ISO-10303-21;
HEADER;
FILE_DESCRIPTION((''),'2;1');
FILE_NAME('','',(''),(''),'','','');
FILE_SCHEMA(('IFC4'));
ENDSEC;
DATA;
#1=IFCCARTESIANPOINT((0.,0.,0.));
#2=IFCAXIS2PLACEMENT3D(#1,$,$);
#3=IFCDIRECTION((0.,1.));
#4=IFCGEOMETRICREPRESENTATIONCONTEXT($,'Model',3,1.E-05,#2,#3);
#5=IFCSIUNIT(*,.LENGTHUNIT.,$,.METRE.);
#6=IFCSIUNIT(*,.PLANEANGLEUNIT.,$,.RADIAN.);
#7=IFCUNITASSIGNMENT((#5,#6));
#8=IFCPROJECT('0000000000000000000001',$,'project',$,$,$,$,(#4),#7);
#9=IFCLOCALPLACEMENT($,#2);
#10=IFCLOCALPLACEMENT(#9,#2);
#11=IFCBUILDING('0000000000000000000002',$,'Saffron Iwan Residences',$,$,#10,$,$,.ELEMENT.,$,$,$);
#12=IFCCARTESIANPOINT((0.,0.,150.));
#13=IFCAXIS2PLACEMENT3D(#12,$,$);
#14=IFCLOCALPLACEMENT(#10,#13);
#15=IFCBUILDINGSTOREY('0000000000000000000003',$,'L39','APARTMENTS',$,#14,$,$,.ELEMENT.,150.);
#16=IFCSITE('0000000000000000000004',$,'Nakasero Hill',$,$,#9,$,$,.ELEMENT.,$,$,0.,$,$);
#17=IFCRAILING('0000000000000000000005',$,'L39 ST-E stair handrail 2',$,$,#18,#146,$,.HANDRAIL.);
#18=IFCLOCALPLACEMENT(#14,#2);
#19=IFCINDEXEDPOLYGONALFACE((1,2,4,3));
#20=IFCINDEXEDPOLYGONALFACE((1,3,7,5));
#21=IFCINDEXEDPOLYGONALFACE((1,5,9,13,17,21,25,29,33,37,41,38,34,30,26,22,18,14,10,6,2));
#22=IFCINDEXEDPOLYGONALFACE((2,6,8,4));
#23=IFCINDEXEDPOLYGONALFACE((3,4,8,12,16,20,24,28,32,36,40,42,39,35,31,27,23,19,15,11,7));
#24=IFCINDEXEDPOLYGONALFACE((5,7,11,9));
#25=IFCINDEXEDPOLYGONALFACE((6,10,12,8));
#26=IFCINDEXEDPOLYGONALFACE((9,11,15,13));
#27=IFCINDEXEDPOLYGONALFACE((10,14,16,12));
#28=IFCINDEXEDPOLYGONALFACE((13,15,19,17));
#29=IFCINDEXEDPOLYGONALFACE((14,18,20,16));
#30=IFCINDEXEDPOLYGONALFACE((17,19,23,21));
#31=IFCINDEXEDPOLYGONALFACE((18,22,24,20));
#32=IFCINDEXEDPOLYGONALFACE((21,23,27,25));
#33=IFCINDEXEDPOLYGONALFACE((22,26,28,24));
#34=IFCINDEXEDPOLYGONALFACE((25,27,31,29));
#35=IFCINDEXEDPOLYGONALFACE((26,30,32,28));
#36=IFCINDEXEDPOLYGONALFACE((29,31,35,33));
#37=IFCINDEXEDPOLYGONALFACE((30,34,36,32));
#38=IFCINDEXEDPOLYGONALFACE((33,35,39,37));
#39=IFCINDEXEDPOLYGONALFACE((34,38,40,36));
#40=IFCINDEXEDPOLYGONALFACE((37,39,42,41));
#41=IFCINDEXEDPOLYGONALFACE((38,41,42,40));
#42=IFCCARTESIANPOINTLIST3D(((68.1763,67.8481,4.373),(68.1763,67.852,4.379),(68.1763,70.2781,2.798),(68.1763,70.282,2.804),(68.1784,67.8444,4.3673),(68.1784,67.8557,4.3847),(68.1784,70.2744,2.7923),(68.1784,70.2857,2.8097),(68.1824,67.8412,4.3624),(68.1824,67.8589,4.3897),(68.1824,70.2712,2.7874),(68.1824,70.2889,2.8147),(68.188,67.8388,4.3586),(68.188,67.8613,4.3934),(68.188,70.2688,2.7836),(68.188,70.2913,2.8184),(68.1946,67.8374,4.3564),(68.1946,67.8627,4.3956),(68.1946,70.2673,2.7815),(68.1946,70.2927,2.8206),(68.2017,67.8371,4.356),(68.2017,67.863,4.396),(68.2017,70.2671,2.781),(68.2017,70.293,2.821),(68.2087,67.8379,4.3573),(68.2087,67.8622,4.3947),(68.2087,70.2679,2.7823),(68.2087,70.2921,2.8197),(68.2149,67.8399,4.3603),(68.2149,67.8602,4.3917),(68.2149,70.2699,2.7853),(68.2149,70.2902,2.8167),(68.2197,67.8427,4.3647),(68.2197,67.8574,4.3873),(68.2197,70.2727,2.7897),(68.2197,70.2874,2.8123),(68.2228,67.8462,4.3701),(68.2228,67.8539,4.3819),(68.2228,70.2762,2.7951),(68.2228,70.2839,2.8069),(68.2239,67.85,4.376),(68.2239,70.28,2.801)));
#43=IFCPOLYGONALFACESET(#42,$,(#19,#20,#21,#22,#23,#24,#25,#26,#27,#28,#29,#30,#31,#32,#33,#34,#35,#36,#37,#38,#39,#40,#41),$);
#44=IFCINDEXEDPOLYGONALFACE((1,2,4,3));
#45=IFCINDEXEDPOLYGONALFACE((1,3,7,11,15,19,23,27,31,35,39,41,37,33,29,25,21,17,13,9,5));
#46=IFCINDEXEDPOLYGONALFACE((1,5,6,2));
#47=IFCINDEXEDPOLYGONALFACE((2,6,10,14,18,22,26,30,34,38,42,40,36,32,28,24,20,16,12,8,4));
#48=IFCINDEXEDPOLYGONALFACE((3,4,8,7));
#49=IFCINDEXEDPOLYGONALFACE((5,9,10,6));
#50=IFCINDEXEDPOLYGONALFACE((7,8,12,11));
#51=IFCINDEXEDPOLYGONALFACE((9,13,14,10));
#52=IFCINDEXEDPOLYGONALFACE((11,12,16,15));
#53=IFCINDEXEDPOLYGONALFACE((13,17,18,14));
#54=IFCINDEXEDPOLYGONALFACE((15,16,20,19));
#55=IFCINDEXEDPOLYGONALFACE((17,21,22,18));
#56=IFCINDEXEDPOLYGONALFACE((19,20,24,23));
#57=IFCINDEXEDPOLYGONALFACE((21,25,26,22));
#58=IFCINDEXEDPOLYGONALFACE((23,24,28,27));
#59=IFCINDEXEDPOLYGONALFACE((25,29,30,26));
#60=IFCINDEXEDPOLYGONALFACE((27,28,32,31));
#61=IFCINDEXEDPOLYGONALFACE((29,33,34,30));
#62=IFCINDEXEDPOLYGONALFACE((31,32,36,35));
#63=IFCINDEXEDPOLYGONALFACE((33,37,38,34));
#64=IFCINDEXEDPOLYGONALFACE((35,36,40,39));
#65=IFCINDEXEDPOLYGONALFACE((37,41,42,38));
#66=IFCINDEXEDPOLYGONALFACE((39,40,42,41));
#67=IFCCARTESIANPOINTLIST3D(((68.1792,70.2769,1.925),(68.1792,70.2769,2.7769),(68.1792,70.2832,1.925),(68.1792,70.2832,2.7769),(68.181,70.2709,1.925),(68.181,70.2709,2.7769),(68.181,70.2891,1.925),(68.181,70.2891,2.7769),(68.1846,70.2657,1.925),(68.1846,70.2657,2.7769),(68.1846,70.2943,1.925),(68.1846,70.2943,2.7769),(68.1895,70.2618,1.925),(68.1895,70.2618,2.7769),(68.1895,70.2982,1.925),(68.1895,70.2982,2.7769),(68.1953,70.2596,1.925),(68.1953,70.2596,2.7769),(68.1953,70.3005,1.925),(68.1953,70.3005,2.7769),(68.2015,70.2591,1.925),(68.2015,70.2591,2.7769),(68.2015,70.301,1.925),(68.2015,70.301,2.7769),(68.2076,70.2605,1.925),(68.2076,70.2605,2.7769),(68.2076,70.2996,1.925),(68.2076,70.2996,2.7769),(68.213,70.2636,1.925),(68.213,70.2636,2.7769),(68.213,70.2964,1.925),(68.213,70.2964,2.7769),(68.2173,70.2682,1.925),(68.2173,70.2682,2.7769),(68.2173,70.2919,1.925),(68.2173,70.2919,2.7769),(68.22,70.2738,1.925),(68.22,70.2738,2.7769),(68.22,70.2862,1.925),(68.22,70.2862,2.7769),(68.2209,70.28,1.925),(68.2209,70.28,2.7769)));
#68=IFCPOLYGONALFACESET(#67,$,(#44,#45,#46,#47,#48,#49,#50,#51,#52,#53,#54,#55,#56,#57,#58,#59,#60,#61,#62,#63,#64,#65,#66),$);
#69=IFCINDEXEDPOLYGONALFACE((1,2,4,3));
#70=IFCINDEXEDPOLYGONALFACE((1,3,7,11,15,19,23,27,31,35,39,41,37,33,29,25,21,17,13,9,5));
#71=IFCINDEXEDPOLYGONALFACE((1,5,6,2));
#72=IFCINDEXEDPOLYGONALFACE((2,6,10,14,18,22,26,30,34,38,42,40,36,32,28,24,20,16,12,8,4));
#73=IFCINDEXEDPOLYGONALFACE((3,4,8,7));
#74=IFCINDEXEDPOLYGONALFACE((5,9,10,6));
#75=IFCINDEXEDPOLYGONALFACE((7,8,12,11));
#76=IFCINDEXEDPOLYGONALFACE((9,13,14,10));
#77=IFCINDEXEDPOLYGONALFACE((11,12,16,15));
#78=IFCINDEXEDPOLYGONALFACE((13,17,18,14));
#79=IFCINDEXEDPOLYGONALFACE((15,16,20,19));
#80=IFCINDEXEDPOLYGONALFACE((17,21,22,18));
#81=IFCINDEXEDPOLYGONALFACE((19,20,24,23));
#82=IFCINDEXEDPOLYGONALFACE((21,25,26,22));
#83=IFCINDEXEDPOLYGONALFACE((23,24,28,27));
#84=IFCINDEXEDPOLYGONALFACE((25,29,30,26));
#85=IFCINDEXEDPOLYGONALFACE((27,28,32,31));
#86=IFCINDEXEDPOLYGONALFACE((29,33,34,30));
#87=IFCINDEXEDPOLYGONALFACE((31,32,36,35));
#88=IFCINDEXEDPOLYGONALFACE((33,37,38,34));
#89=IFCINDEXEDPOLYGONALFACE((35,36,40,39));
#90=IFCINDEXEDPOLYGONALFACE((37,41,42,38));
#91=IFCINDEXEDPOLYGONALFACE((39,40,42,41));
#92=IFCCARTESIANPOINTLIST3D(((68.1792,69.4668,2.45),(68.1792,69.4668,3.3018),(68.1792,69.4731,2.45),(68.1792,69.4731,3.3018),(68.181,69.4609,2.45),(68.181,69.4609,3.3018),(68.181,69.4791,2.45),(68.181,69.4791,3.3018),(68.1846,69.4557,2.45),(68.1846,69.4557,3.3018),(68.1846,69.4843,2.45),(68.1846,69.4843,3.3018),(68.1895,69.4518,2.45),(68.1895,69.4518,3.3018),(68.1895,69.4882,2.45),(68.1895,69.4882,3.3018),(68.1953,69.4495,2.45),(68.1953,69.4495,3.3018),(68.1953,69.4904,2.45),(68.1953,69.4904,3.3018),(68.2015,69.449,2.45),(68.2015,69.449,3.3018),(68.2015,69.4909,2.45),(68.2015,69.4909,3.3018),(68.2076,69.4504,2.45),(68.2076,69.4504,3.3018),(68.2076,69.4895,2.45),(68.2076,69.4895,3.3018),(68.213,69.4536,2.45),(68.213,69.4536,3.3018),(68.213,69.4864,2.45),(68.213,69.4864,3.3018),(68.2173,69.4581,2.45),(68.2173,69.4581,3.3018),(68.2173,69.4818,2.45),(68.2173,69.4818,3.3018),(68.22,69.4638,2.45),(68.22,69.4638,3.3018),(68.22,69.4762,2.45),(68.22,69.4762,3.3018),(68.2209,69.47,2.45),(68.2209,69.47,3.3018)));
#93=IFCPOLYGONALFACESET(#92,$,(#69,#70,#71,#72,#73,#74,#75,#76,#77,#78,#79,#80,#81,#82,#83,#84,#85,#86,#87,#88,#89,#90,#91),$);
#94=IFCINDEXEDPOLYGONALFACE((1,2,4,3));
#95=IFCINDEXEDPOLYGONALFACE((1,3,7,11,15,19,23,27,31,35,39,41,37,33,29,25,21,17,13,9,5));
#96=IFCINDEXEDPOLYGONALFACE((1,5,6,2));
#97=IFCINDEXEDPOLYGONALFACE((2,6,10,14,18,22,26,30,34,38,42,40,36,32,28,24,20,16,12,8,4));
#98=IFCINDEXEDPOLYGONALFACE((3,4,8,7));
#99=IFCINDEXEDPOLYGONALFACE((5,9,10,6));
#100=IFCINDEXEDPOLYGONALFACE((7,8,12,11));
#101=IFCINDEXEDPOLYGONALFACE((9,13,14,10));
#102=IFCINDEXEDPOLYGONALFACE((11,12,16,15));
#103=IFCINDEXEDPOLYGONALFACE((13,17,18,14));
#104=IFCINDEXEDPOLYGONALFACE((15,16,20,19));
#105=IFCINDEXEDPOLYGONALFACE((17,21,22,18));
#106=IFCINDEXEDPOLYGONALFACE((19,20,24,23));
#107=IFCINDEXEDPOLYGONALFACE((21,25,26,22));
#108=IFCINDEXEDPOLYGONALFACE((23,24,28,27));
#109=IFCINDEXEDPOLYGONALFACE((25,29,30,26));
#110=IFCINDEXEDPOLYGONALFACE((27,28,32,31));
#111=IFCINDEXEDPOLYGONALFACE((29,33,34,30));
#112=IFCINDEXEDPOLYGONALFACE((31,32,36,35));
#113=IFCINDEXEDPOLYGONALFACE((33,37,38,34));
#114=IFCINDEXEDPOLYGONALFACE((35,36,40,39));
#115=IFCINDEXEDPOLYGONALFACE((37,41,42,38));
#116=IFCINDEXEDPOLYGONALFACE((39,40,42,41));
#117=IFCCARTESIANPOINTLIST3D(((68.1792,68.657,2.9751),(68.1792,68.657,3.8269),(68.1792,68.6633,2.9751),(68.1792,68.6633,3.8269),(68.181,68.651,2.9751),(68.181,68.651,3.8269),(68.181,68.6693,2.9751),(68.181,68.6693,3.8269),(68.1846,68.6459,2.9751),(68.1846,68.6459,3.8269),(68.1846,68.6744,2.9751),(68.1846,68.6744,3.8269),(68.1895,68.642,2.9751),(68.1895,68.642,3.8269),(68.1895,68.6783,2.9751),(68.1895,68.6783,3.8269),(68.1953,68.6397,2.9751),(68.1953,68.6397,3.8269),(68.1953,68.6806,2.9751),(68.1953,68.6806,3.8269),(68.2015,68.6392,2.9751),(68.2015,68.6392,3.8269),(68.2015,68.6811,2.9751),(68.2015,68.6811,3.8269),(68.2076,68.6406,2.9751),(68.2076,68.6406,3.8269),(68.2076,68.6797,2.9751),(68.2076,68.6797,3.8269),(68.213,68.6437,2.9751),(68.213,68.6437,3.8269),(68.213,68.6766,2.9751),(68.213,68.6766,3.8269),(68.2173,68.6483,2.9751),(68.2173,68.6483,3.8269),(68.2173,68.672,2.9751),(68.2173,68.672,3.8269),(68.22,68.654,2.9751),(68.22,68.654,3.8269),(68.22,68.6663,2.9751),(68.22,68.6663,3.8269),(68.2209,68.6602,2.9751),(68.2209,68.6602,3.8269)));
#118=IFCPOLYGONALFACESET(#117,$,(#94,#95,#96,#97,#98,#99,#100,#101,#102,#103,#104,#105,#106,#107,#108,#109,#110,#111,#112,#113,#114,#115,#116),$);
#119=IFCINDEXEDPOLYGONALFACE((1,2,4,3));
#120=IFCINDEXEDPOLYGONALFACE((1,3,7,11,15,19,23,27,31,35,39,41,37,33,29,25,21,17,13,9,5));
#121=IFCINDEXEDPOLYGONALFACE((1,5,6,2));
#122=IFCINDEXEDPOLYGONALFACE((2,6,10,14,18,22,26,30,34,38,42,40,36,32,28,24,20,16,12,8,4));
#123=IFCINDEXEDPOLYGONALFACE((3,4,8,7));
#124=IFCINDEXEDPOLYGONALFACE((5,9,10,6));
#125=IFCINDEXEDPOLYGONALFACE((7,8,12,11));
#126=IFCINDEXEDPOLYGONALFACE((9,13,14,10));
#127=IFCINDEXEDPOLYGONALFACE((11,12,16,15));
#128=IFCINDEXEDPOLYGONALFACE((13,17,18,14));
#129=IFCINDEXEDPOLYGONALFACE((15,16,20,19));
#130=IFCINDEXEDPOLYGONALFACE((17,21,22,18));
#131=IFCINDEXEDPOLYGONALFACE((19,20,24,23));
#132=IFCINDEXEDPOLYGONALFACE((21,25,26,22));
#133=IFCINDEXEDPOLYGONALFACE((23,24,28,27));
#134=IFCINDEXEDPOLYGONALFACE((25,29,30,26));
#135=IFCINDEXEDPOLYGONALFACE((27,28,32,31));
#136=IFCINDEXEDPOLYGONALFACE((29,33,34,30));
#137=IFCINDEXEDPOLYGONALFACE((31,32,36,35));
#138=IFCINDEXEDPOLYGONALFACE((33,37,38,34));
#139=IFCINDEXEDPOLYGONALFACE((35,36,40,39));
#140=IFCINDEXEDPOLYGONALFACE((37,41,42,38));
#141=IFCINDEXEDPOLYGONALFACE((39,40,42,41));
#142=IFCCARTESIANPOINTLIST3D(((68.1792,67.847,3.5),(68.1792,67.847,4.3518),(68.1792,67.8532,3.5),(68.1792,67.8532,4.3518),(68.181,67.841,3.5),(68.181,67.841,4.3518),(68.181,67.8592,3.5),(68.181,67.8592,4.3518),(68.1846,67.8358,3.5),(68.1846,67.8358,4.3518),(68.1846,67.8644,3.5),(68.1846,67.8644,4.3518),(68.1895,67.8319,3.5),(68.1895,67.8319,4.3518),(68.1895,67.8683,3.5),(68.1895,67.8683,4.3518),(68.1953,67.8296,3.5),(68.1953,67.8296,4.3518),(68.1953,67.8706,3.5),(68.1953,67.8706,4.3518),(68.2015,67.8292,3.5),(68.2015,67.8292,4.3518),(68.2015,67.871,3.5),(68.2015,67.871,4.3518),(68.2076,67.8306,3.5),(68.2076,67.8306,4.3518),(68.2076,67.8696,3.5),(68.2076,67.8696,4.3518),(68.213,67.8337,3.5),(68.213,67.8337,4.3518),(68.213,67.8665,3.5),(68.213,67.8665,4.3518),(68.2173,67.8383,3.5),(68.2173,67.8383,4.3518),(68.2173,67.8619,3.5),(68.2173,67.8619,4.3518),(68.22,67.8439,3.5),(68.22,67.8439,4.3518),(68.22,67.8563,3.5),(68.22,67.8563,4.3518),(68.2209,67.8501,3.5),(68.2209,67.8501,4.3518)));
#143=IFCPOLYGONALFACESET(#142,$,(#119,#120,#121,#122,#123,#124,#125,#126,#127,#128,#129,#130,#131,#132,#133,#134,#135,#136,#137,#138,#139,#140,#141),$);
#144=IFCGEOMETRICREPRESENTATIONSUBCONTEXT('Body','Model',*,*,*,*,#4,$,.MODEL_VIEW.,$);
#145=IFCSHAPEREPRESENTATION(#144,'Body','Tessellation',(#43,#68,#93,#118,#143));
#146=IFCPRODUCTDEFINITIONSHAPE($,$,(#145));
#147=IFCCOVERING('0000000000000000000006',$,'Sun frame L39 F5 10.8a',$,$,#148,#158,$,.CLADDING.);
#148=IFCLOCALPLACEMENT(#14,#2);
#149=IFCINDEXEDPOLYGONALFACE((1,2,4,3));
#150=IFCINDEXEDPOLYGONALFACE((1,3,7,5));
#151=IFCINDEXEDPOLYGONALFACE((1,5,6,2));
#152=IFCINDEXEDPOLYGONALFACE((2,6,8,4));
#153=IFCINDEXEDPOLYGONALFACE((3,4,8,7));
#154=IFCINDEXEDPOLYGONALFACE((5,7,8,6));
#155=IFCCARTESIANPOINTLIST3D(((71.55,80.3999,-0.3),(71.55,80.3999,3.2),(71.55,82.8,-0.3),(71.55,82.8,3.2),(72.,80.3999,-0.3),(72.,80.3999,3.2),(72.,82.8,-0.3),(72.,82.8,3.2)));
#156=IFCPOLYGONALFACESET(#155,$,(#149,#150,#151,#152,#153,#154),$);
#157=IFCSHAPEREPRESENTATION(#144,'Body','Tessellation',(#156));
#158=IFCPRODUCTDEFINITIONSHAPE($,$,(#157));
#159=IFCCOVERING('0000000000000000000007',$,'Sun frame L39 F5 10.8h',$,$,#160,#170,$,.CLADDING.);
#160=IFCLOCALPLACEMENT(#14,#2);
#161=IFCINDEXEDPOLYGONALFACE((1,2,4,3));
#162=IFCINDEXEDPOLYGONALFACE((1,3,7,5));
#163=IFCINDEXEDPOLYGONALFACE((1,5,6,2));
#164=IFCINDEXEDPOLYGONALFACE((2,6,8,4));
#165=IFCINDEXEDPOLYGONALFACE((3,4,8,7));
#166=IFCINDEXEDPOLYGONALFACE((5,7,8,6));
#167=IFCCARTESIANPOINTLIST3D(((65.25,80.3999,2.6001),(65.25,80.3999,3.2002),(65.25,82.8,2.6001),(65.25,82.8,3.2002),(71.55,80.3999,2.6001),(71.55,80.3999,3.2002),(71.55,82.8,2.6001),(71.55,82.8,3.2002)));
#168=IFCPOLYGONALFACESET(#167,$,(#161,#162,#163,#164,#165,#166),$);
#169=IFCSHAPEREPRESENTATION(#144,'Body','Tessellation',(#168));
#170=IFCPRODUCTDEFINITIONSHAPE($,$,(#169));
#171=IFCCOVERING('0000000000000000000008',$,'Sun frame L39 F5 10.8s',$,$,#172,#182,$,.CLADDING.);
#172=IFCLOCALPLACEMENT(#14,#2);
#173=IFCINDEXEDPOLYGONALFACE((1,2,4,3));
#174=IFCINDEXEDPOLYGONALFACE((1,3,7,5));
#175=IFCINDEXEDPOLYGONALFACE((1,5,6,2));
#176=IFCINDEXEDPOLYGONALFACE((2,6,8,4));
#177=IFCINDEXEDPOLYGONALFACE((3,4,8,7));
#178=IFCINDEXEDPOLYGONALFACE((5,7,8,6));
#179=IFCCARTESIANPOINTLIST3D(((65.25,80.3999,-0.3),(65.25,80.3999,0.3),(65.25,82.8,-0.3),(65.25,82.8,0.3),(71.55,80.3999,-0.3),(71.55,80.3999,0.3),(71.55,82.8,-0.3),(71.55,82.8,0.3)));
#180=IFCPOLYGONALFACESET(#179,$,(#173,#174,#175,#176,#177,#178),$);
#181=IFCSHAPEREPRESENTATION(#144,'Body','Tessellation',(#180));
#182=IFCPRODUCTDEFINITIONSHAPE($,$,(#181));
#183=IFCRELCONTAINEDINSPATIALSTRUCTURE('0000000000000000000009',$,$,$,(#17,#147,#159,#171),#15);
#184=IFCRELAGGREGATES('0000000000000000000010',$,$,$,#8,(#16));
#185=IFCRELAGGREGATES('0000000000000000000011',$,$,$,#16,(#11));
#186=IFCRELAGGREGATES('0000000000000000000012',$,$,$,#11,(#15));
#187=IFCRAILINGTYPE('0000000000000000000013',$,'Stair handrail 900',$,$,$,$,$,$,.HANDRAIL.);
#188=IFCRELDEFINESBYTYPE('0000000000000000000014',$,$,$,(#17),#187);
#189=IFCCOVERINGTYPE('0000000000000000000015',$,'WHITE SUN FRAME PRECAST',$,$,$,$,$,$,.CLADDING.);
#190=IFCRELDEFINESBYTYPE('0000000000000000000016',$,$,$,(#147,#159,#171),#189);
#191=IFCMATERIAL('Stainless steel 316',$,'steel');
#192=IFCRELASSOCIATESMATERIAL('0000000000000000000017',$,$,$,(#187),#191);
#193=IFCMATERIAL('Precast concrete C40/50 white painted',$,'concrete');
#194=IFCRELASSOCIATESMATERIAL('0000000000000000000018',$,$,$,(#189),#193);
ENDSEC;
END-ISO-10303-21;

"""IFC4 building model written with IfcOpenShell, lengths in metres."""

from ifc_helpers import new_model, si_unit, direction, frame, origin, origin_2d, place, context, subcontext, project, spatial, polyline, circle, outline, extrude, material, type_object, element, save


model = new_model("IFC4")

# Units and contexts
model_context = context("Model", 3, precision=1e-05, world=origin(), true_north=direction((0.0, 1.0)))
body_context = subcontext(model_context, "Body", "Model", "MODEL_VIEW")
ifc_project = project(units=[si_unit("LENGTHUNIT", "METRE"), si_unit("PLANEANGLEUNIT", "RADIAN")], contexts=[model_context])

# Site, building, storey
site_placement = place(None, origin())
site = spatial("IfcSite", under=ifc_project, at=site_placement, Name="Nakasero Hill", CompositionType="ELEMENT", RefElevation=0.0)
building_placement = place(site_placement, origin())
building = spatial("IfcBuilding", under=site, at=building_placement, Name="Saffron Iwan Residences", CompositionType="ELEMENT")
storey_placement = place(building_placement, frame((0.0, 0.0, 150.0)))
storey = spatial("IfcBuildingStorey", under=building, at=storey_placement, Name="L39", Description="APARTMENTS", CompositionType="ELEMENT", Elevation=150.0)

# Railing
ifc_material_1 = material(Name="Stainless steel 316", Category="steel")
railing_type_1 = type_object("IfcRailingType", Name="Stair handrail 900", PredefinedType="HANDRAIL", material=ifc_material_1)
railing_1_placement = place(storey_placement, frame((68.2, 70.28, 1.925)))
element("IfcRailing", 1, at=railing_1_placement, inside=storey, type_object=railing_type_1, Name="L39 ST-E stair handrail 2", PredefinedType="HANDRAIL", context=body_context, shape_type="SweptSolid", body=[
    extrude(circle(Radius=0.0239, at=origin_2d()), frame((0.0, 0.0, 0.876), z_axis=(0.0, -0.839154, 0.543894), x_axis=(1.0, 0.0, 0.0)), (0.0, 0.0, 1.0), 2.8958),
    extrude(circle(Radius=0.021, at=origin_2d()), origin(), (0.0, 0.0, 1.0), 0.8518),
    extrude(circle(Radius=0.021, at=origin_2d()), frame((0.0, -0.8101, 0.5249)), (0.0, 0.0, 1.0), 0.8518),
    extrude(circle(Radius=0.021, at=origin_2d()), frame((0.0, -1.6199, 1.05)), (0.0, 0.0, 1.0), 0.8518),
    extrude(circle(Radius=0.021, at=origin_2d()), frame((0.0, -2.4299, 1.575)), (0.0, 0.0, 1.0), 0.8518),
])

# Coverings
ifc_material_2 = material(Name="Precast concrete C40/50 white painted", Category="concrete")
covering_type = type_object("IfcCoveringType", Name="WHITE SUN FRAME PRECAST", PredefinedType="CLADDING", material=ifc_material_2)
covering_placement = place(storey_placement, frame((72.0, 80.3999, -0.3), z_axis=(0.0, 1.0, 0.0), x_axis=(-1.0, 0.0, 0.0)))
element("IfcCovering", 2, at=covering_placement, inside=storey, type_object=covering_type, Name="Sun frame L39 F5 10.8a", PredefinedType="CLADDING", context=body_context, shape_type="SweptSolid", body=[
    extrude(outline(polyline([(0.0, 0.0), (0.45, 0.0), (0.45, 3.5), (0.0, 3.5), (0.0, 0.0)])), origin(), (0.0, 0.0, 1.0), 2.4001),
])
for number, where, z_axis, x_axis, name in (
    (3, (71.55, 80.3999, 2.6001), (0.0, 1.0, 0.0), (-1.0, 0.0, 0.0), "Sun frame L39 F5 10.8h"),
    (4, (71.55, 80.3999, -0.3), (0.0, 1.0, 0.0), (-1.0, 0.0, 0.0), "Sun frame L39 F5 10.8s"),
):
    element("IfcCovering", number, at=place(storey_placement, frame(where, z_axis=z_axis, x_axis=x_axis)), inside=storey, type_object=covering_type, Name=name, PredefinedType="CLADDING", context=body_context, shape_type="SweptSolid", body=[
        extrude(outline(polyline([(0.0, 0.0), (6.3, 0.0), (6.3, 0.6001), (0.0, 0.6001), (0.0, 0.0)])), origin(), (0.0, 0.0, 1.0), 2.4001),
    ])

save(model, "model.ifc")
